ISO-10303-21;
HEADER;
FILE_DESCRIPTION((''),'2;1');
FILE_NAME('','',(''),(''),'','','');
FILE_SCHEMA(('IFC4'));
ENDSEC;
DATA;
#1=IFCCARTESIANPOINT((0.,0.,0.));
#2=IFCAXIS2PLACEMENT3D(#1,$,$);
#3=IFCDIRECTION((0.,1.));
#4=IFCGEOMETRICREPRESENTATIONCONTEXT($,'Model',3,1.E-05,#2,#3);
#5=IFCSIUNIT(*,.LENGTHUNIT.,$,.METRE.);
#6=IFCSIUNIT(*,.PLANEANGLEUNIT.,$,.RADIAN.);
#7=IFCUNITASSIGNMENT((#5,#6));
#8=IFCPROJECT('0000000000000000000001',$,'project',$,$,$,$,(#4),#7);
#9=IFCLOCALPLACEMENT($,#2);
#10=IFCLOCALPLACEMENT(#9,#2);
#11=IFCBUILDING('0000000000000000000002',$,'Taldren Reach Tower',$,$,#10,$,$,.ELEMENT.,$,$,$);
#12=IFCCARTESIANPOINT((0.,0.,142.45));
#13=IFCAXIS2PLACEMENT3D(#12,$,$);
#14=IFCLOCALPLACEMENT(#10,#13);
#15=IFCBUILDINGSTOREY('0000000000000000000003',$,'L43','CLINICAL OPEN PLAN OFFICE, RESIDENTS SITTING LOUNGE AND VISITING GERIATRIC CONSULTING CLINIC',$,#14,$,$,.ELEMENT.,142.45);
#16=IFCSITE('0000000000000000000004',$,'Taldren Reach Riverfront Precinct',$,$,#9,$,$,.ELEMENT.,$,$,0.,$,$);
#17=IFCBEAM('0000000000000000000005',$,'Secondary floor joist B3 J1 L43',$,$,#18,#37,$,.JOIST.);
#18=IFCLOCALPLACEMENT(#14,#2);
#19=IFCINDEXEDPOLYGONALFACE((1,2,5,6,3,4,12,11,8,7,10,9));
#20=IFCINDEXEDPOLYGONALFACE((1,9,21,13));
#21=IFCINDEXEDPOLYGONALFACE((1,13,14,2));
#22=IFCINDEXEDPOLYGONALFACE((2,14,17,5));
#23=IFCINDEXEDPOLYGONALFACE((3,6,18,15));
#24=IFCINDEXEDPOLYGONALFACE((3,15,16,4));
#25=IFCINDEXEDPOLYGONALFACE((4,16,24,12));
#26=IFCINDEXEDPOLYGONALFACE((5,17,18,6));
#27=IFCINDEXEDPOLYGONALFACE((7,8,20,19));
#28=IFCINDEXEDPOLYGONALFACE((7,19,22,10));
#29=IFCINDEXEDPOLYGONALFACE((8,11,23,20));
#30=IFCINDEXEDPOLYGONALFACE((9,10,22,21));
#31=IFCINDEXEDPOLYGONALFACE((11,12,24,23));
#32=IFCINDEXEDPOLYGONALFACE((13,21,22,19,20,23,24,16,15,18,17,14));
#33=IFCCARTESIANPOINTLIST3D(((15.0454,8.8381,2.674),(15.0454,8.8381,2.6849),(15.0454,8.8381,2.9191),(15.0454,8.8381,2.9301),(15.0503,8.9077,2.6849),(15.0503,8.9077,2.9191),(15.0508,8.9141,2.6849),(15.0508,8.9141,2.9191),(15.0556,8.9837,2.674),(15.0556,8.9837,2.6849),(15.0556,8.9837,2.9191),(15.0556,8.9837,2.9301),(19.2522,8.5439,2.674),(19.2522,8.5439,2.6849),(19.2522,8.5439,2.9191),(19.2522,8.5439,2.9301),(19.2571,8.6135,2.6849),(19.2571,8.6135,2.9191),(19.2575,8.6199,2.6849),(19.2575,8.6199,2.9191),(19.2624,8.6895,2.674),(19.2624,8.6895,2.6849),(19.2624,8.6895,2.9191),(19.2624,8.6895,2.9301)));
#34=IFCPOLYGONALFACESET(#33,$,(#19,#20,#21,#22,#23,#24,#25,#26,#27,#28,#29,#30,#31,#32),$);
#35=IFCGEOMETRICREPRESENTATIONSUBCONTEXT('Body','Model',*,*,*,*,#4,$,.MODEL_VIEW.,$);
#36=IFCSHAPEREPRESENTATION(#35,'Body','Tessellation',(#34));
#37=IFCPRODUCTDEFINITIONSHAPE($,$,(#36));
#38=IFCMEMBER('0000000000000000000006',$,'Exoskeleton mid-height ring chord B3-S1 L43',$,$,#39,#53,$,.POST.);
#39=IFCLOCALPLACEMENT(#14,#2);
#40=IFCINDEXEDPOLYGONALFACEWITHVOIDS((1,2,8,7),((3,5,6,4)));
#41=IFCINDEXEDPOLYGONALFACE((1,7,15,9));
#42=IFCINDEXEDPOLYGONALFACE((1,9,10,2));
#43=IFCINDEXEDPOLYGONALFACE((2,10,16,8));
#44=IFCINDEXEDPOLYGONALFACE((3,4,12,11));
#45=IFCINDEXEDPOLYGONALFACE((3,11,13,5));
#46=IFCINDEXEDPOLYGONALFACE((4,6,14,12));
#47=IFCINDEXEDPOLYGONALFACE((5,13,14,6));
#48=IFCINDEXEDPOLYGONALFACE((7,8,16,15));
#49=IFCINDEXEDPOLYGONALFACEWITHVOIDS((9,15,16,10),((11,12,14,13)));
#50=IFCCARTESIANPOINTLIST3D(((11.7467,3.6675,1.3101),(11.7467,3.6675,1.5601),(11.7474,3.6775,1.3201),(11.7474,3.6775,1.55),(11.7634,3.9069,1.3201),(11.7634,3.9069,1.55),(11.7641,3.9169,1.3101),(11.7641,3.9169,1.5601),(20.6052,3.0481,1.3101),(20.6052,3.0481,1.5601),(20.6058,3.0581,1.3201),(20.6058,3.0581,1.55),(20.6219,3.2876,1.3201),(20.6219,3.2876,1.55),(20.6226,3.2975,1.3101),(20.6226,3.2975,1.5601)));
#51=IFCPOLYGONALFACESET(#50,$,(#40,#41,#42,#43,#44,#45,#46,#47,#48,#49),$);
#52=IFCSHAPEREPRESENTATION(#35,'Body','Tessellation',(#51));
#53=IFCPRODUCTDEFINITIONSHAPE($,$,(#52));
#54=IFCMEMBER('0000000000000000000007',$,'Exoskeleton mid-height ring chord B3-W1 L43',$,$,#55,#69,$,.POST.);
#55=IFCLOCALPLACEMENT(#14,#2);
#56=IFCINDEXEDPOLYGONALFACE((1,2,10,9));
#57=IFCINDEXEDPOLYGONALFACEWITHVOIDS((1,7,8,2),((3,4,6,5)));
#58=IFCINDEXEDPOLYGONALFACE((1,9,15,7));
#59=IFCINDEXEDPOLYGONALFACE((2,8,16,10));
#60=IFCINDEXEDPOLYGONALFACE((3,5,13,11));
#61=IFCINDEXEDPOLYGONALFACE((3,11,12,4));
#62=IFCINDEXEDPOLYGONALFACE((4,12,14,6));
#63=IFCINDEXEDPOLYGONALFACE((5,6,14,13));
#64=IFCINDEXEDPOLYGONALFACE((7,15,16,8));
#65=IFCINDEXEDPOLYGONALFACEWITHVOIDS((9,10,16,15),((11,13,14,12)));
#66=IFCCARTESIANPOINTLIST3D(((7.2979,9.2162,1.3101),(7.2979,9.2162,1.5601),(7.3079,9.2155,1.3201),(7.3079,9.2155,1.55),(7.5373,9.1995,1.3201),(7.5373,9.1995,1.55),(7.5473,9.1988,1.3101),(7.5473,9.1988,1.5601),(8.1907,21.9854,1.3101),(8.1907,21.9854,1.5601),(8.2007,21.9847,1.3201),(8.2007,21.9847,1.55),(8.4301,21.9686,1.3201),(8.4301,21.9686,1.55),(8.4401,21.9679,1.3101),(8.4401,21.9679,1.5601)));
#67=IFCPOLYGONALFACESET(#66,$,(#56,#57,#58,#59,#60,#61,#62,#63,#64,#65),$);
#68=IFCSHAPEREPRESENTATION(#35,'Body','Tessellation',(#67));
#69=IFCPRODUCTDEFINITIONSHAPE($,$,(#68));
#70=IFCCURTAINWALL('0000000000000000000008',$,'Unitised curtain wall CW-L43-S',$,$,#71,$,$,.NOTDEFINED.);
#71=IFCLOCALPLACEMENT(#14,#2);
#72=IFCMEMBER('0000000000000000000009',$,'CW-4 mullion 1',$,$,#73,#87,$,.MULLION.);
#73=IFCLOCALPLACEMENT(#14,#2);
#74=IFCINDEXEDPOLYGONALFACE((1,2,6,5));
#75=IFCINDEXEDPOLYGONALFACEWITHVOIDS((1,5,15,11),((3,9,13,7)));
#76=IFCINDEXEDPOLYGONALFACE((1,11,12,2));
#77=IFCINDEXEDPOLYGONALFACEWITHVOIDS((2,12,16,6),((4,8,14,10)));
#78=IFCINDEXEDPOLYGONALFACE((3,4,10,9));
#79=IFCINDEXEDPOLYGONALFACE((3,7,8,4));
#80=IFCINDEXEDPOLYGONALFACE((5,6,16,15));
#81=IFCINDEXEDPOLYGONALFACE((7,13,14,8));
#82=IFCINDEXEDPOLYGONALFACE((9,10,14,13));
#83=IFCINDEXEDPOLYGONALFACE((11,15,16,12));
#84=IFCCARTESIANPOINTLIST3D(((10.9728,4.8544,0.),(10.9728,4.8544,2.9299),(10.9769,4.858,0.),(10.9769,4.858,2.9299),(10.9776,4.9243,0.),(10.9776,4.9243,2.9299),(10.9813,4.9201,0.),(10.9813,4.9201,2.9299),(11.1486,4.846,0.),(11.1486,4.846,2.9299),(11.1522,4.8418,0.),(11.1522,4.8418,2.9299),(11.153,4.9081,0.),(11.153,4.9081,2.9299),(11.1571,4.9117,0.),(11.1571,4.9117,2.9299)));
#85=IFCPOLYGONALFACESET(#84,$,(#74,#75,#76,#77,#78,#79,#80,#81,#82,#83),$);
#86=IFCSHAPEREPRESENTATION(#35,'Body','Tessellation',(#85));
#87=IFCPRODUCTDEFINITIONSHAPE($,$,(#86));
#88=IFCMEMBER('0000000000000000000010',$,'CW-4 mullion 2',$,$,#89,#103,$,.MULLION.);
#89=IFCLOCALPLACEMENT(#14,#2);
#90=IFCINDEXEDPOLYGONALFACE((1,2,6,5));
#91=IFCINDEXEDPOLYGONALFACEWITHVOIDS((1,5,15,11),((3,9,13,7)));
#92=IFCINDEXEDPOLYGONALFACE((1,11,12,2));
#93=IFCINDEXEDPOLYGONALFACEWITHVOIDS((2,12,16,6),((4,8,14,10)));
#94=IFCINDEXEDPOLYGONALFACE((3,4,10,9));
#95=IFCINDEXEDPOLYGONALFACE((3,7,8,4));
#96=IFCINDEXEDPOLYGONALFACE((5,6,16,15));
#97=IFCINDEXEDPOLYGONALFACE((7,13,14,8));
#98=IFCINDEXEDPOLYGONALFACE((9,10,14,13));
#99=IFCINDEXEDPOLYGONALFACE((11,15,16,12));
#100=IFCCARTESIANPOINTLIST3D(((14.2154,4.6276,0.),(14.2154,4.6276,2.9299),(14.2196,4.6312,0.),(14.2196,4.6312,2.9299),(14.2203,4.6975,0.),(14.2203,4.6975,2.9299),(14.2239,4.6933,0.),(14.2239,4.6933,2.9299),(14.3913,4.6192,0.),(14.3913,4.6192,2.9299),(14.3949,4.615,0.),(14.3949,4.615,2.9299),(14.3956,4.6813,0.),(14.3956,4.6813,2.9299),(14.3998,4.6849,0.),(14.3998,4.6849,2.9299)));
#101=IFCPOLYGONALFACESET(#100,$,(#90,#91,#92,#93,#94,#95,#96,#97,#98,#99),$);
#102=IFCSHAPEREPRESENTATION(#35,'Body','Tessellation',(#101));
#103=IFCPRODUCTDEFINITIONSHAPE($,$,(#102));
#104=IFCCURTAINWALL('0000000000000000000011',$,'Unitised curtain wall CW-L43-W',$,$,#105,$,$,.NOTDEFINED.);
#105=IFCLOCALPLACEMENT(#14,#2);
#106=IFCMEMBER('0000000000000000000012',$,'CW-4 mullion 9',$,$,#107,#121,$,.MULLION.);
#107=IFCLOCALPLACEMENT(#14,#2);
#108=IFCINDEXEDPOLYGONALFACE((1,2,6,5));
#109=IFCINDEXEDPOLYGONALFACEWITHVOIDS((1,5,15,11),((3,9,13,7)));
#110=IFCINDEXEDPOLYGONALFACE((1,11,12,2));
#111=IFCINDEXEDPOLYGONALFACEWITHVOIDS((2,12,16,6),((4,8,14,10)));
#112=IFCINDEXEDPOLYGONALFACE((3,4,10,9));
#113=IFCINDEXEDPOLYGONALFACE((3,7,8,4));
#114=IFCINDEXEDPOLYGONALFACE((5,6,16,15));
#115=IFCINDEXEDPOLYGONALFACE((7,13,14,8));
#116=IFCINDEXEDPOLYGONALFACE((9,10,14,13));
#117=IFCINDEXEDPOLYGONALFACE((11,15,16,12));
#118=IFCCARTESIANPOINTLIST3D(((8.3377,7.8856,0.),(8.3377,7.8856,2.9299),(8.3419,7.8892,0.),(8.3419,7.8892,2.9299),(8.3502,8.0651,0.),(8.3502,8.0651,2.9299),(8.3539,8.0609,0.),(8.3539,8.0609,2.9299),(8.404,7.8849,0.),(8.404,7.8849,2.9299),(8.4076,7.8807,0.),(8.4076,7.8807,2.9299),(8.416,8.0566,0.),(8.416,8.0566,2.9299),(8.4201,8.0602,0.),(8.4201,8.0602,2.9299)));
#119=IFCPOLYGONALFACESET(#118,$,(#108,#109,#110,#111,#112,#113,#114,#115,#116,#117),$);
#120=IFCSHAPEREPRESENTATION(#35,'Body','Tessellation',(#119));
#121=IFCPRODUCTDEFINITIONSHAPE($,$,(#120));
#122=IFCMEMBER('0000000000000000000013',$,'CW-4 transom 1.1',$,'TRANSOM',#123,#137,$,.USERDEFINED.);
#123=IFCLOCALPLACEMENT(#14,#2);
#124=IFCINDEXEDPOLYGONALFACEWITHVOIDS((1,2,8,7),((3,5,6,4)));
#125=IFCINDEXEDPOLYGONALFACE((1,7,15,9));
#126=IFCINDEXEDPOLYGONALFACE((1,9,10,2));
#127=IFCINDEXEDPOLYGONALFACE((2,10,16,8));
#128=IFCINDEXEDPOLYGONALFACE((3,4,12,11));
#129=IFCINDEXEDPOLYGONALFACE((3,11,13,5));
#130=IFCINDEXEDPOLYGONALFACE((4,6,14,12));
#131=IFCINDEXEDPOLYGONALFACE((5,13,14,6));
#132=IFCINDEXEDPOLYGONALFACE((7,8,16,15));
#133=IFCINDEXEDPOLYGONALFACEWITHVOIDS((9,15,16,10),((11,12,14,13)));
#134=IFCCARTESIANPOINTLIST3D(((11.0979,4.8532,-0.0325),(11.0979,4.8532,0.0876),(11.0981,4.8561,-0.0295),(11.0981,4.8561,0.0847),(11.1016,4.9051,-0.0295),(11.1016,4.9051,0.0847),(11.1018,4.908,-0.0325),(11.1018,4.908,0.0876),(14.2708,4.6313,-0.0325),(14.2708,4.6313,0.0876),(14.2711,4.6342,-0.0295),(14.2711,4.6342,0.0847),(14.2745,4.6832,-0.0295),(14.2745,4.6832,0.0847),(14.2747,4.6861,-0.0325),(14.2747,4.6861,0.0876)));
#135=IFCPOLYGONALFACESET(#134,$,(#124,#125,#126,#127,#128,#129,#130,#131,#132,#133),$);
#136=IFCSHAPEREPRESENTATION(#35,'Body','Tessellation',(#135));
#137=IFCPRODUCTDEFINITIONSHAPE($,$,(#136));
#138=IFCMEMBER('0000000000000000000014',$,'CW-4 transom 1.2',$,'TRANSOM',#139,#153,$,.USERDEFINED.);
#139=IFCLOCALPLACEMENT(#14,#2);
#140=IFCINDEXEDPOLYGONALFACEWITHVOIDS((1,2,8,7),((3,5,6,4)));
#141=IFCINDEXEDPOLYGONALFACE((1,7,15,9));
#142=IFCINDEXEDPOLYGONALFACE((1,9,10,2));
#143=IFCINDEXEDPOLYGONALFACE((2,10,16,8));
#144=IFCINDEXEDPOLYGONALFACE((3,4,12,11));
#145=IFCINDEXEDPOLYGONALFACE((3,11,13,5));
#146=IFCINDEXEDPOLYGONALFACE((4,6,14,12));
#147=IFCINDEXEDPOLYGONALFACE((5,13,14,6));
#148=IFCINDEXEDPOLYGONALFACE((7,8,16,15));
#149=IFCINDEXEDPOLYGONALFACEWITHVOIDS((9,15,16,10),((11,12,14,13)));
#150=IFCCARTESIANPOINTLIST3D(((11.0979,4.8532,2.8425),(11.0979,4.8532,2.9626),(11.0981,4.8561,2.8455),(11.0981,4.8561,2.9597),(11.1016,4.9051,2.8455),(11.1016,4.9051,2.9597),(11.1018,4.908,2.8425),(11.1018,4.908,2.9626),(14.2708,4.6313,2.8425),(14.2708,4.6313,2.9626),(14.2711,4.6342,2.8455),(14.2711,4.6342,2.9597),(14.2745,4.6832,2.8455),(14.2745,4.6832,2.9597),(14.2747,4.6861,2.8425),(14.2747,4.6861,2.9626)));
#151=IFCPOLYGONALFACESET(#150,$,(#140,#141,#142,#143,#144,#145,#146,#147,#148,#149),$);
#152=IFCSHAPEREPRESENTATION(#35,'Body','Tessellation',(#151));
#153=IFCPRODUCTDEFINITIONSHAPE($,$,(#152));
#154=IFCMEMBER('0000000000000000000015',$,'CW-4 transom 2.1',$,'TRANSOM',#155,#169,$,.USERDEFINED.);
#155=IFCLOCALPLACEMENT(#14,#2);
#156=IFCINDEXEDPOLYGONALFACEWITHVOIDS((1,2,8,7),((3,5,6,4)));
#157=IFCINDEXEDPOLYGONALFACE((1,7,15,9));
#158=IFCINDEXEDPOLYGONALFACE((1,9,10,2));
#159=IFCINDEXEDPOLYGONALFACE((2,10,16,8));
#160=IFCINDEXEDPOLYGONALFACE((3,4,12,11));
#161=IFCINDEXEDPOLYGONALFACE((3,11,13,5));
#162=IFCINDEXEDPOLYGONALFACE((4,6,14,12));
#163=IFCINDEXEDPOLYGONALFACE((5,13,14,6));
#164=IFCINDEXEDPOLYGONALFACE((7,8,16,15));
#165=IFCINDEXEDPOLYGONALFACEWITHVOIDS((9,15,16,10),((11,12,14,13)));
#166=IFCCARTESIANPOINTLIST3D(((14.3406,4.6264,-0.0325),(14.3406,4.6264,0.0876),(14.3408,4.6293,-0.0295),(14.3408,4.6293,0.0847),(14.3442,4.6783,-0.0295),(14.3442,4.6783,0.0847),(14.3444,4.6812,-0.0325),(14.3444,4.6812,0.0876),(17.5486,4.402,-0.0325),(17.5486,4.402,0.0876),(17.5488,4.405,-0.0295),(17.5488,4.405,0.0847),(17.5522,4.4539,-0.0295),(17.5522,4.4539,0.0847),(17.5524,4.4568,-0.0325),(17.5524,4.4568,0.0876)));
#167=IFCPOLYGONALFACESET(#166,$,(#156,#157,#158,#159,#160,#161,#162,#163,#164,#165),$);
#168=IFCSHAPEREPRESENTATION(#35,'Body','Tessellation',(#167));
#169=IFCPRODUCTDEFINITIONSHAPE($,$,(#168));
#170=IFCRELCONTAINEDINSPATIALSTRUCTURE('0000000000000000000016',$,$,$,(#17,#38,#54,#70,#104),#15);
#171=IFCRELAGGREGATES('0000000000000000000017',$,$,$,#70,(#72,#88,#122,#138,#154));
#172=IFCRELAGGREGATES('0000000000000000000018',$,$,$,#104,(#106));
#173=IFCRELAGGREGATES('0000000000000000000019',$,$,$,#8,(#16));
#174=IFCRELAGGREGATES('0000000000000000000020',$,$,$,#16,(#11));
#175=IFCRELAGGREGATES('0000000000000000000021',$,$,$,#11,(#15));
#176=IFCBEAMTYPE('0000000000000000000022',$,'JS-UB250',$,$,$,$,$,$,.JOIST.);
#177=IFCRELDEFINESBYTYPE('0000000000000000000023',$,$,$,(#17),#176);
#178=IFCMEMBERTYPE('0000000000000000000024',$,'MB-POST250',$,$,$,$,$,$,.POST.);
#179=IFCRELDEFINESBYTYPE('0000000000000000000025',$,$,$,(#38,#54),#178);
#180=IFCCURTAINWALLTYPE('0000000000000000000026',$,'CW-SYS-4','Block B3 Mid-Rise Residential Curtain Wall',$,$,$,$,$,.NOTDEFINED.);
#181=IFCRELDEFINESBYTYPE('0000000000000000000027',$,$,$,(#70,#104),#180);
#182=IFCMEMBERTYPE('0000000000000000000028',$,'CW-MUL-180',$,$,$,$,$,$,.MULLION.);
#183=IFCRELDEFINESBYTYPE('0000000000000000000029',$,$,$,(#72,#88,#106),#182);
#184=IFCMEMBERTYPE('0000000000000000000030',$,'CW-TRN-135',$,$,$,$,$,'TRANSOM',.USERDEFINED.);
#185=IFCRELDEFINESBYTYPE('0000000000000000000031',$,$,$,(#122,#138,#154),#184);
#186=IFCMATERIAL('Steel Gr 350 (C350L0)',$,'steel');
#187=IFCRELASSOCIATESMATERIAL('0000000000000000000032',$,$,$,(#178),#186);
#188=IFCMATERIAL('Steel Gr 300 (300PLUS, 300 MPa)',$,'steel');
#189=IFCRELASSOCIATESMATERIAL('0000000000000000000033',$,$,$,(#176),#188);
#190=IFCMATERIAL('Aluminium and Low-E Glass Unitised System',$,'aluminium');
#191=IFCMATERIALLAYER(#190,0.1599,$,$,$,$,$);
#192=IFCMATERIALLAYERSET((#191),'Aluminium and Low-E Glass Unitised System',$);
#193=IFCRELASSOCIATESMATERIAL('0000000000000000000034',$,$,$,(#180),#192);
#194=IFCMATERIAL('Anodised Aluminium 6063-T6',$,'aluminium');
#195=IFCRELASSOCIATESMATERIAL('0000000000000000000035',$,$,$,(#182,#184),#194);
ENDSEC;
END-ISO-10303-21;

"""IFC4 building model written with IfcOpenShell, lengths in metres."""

from ifc_helpers import new_model, si_unit, direction, frame, origin, origin_2d, place, context, subcontext, project, spatial, hollow_rectangle, i_section, extrude, source, transform, mapped, material, layer, layer_set, material_profile, profile_set, type_object, element, aggregate, save


model = new_model("IFC4")

# Units and contexts
model_context = context("Model", 3, precision=1e-05, world=origin(), true_north=direction((0.0, 1.0)))
body_context = subcontext(model_context, "Body", "Model", "MODEL_VIEW")
ifc_project = project(units=[si_unit("LENGTHUNIT", "METRE"), si_unit("PLANEANGLEUNIT", "RADIAN")], contexts=[model_context])

# Site, building, storey
site_placement = place(None, origin())
site = spatial("IfcSite", under=ifc_project, at=site_placement, Name="Taldren Reach Riverfront Precinct", CompositionType="ELEMENT", RefElevation=0.0)
building_placement = place(site_placement, origin())
building = spatial("IfcBuilding", under=site, at=building_placement, Name="Taldren Reach Tower", CompositionType="ELEMENT")
storey_placement = place(building_placement, frame((0.0, 0.0, 142.45)))
storey = spatial("IfcBuildingStorey", under=building, at=storey_placement, Name="L43", Description="CLINICAL OPEN PLAN OFFICE, RESIDENTS SITTING LOUNGE AND VISITING GERIATRIC CONSULTING CLINIC", CompositionType="ELEMENT", Elevation=142.45)

# Shared definitions
ifc_material_1 = material(Name="Steel Gr 350 (C350L0)", Category="steel")
ifc_material_profile_1 = material_profile(ifc_material_1, hollow_rectangle(XDim=0.25, YDim=0.25, WallThickness=0.01, at=origin_2d()), Name="250x250x10.0SHS")
ifc_profile_set_1 = profile_set([ifc_material_profile_1], Name="Steel Gr 350 (C350L0)")
member_type_1 = type_object("IfcMemberType", Name="MB-POST250", PredefinedType="POST", material=ifc_profile_set_1)

# Beam
ifc_material_2 = material(Name="Steel Gr 300 (300PLUS, 300 MPa)", Category="steel")
ifc_material_profile_2 = material_profile(ifc_material_2, i_section(OverallWidth=0.146, OverallDepth=0.2561, WebThickness=0.0063, FlangeThickness=0.011, at=origin_2d()), Name="250UB37.3")
ifc_profile_set_2 = profile_set([ifc_material_profile_2], Name="Steel Gr 300 (300PLUS, 300 MPa)")
beam_type_1 = type_object("IfcBeamType", Name="JS-UB250", PredefinedType="JOIST", material=ifc_profile_set_2)
shared_shape_1 = source(origin(), body_context, "Body", "SweptSolid", [
    extrude(i_section(OverallWidth=0.146, OverallDepth=0.2561, WebThickness=0.0063, FlangeThickness=0.011, at=origin_2d()), origin(), (0.0, 0.0, 1.0), 4.217),
])
beam_1_placement = place(storey_placement, frame((15.0505, 8.9109, 2.802), z_axis=(0.997564, -0.069762, 0.0), x_axis=(0.069762, 0.997564, 0.0)))
element("IfcBeam", 1, at=beam_1_placement, inside=storey, type_object=beam_type_1, Name="Secondary floor joist B3 J1 L43", PredefinedType="JOIST", context=body_context, shape_type="MappedRepresentation", body=[
    mapped(shared_shape_1, transform((0.0, 0.0, 0.0), scale=1.0)),
])

# Members
shared_shape_2 = source(origin(), body_context, "Body", "SweptSolid", [
    extrude(hollow_rectangle(XDim=0.25, YDim=0.25, WallThickness=0.01, at=origin_2d()), origin(), (0.0, 0.0, 1.0), 8.8801),
])
member_1_placement = place(storey_placement, frame((11.7554, 3.7922, 1.4351), z_axis=(0.997564, -0.06975, 0.0), x_axis=(0.06975, 0.997564, 0.0)))
element("IfcMember", 2, at=member_1_placement, inside=storey, type_object=member_type_1, Name="Exoskeleton mid-height ring chord B3-S1 L43", PredefinedType="POST", context=body_context, shape_type="MappedRepresentation", body=[
    mapped(shared_shape_2, transform((0.0, 0.0, 0.0), scale=1.0)),
])
shared_shape_3 = source(origin(), body_context, "Body", "SweptSolid", [
    extrude(hollow_rectangle(XDim=0.25, YDim=0.25, WallThickness=0.01, at=origin_2d()), origin(), (0.0, 0.0, 1.0), 12.8003),
])
member_2_placement = place(storey_placement, frame((7.4226, 9.2075, 1.4351), z_axis=(0.069751, 0.997564, 0.0), x_axis=(-0.997564, 0.069751, 0.0)))
element("IfcMember", 3, at=member_2_placement, inside=storey, type_object=member_type_1, Name="Exoskeleton mid-height ring chord B3-W1 L43", PredefinedType="POST", context=body_context, shape_type="MappedRepresentation", body=[
    mapped(shared_shape_3, transform((0.0, 0.0, 0.0), scale=1.0)),
])

# Curtain wall, members
ifc_material_3 = material(Name="Aluminium and Low-E Glass Unitised System", Category="aluminium")
ifc_layer_1 = layer(ifc_material_3, 0.1599)
ifc_layer_set_1 = layer_set([ifc_layer_1], Name="Aluminium and Low-E Glass Unitised System")
curtain_wall_type = type_object("IfcCurtainWallType", Name="CW-SYS-4", Description="Block B3 Mid-Rise Residential Curtain Wall", PredefinedType="NOTDEFINED", material=ifc_layer_set_1)
curtain_wall_1_placement = place(storey_placement, origin())
curtain_wall_1 = element("IfcCurtainWall", 4, at=curtain_wall_1_placement, inside=storey, type_object=curtain_wall_type, Name="Unitised curtain wall CW-L43-S", PredefinedType="NOTDEFINED")
ifc_material_4 = material(Name="Anodised Aluminium 6063-T6", Category="aluminium")
ifc_material_profile_3 = material_profile(ifc_material_4, hollow_rectangle(XDim=0.0701, YDim=0.1799, WallThickness=0.0039, at=origin_2d()), Name="ALU-180x70x4RHS")
ifc_profile_set_3 = profile_set([ifc_material_profile_3], Name="Anodised Aluminium 6063-T6")
member_type_2 = type_object("IfcMemberType", Name="CW-MUL-180", PredefinedType="MULLION", material=ifc_profile_set_3)
shared_shape_4 = source(origin(), body_context, "Body", "SweptSolid", [
    extrude(hollow_rectangle(XDim=0.0701, YDim=0.1799, WallThickness=0.0039, at=origin_2d()), origin(), (0.0, 0.0, 1.0), 2.9299),
])
member_3_placement = place(storey_placement, frame((11.0649, 4.8831, 0.0), z_axis=(0.0, 0.0, 1.0), x_axis=(0.069757, 0.997564, 0.0)))
member_3 = element("IfcMember", 5, at=member_3_placement, type_object=member_type_2, Name="CW-4 mullion 1", PredefinedType="MULLION", context=body_context, shape_type="MappedRepresentation", body=[
    mapped(shared_shape_4, transform((0.0, 0.0, 0.0), scale=1.0)),
])
member_4_placement = place(storey_placement, frame((14.3076, 4.6562, 0.0), z_axis=(0.0, 0.0, 1.0), x_axis=(0.069757, 0.997564, 0.0)))
member_4 = element("IfcMember", 6, at=member_4_placement, type_object=member_type_2, Name="CW-4 mullion 2", PredefinedType="MULLION", context=body_context, shape_type="MappedRepresentation", body=[
    mapped(shared_shape_4, transform((0.0, 0.0, 0.0), scale=1.0)),
])

# Curtain wall, member
curtain_wall_2_placement = place(storey_placement, origin())
curtain_wall_2 = element("IfcCurtainWall", 7, at=curtain_wall_2_placement, inside=storey, type_object=curtain_wall_type, Name="Unitised curtain wall CW-L43-W", PredefinedType="NOTDEFINED")
member_5_placement = place(storey_placement, frame((8.3789, 7.9729, 0.0), z_axis=(0.0, 0.0, 1.0), x_axis=(0.997564, -0.069756, 0.0)))
member_5 = element("IfcMember", 8, at=member_5_placement, type_object=member_type_2, Name="CW-4 mullion 9", PredefinedType="MULLION", context=body_context, shape_type="MappedRepresentation", body=[
    mapped(shared_shape_4, transform((0.0, 0.0, 0.0), scale=1.0)),
])

# Members
ifc_material_profile_4 = material_profile(ifc_material_4, hollow_rectangle(XDim=0.0549, YDim=0.1201, WallThickness=0.0029, at=origin_2d()), Name="ALU-120x55x3RHS")
ifc_profile_set_4 = profile_set([ifc_material_profile_4], Name="Anodised Aluminium 6063-T6")
member_type_3 = type_object("IfcMemberType", Name="CW-TRN-135", ElementType="TRANSOM", PredefinedType="USERDEFINED", material=ifc_profile_set_4)
shared_shape_5 = source(origin(), body_context, "Body", "SweptSolid", [
    extrude(hollow_rectangle(XDim=0.0549, YDim=0.1201, WallThickness=0.0029, at=origin_2d()), origin(), (0.0, 0.0, 1.0), 3.1807),
])
member_6_placement = place(storey_placement, frame((11.0999, 4.8806, 0.0276), z_axis=(0.997563, -0.069774, 0.0), x_axis=(0.069774, 0.997563, 0.0)))
member_6 = element("IfcMember", 9, at=member_6_placement, type_object=member_type_3, Name="CW-4 transom 1.1", ObjectType="TRANSOM", PredefinedType="USERDEFINED", context=body_context, shape_type="MappedRepresentation", body=[
    mapped(shared_shape_5, transform((0.0, 0.0, 0.0), scale=1.0)),
])
member_7_placement = place(storey_placement, frame((11.0999, 4.8806, 2.9026), z_axis=(0.997563, -0.069774, 0.0), x_axis=(0.069774, 0.997563, 0.0)))
member_7 = element("IfcMember", 10, at=member_7_placement, type_object=member_type_3, Name="CW-4 transom 1.2", ObjectType="TRANSOM", PredefinedType="USERDEFINED", context=body_context, shape_type="MappedRepresentation", body=[
    mapped(shared_shape_5, transform((0.0, 0.0, 0.0), scale=1.0)),
])
shared_shape_6 = source(origin(), body_context, "Body", "SweptSolid", [
    extrude(hollow_rectangle(XDim=0.0549, YDim=0.1201, WallThickness=0.0029, at=origin_2d()), origin(), (0.0, 0.0, 1.0), 3.2158),
])
member_8_placement = place(storey_placement, frame((14.3425, 4.6538, 0.0276), z_axis=(0.997563, -0.069769, 0.0), x_axis=(0.069769, 0.997563, 0.0)))
member_8 = element("IfcMember", 11, at=member_8_placement, type_object=member_type_3, Name="CW-4 transom 2.1", ObjectType="TRANSOM", PredefinedType="USERDEFINED", context=body_context, shape_type="MappedRepresentation", body=[
    mapped(shared_shape_6, transform((0.0, 0.0, 0.0), scale=1.0)),
])

aggregate(curtain_wall_1, [member_3, member_4, member_6, member_7, member_8])
aggregate(curtain_wall_2, [member_5])

save(model, "model.ifc")
